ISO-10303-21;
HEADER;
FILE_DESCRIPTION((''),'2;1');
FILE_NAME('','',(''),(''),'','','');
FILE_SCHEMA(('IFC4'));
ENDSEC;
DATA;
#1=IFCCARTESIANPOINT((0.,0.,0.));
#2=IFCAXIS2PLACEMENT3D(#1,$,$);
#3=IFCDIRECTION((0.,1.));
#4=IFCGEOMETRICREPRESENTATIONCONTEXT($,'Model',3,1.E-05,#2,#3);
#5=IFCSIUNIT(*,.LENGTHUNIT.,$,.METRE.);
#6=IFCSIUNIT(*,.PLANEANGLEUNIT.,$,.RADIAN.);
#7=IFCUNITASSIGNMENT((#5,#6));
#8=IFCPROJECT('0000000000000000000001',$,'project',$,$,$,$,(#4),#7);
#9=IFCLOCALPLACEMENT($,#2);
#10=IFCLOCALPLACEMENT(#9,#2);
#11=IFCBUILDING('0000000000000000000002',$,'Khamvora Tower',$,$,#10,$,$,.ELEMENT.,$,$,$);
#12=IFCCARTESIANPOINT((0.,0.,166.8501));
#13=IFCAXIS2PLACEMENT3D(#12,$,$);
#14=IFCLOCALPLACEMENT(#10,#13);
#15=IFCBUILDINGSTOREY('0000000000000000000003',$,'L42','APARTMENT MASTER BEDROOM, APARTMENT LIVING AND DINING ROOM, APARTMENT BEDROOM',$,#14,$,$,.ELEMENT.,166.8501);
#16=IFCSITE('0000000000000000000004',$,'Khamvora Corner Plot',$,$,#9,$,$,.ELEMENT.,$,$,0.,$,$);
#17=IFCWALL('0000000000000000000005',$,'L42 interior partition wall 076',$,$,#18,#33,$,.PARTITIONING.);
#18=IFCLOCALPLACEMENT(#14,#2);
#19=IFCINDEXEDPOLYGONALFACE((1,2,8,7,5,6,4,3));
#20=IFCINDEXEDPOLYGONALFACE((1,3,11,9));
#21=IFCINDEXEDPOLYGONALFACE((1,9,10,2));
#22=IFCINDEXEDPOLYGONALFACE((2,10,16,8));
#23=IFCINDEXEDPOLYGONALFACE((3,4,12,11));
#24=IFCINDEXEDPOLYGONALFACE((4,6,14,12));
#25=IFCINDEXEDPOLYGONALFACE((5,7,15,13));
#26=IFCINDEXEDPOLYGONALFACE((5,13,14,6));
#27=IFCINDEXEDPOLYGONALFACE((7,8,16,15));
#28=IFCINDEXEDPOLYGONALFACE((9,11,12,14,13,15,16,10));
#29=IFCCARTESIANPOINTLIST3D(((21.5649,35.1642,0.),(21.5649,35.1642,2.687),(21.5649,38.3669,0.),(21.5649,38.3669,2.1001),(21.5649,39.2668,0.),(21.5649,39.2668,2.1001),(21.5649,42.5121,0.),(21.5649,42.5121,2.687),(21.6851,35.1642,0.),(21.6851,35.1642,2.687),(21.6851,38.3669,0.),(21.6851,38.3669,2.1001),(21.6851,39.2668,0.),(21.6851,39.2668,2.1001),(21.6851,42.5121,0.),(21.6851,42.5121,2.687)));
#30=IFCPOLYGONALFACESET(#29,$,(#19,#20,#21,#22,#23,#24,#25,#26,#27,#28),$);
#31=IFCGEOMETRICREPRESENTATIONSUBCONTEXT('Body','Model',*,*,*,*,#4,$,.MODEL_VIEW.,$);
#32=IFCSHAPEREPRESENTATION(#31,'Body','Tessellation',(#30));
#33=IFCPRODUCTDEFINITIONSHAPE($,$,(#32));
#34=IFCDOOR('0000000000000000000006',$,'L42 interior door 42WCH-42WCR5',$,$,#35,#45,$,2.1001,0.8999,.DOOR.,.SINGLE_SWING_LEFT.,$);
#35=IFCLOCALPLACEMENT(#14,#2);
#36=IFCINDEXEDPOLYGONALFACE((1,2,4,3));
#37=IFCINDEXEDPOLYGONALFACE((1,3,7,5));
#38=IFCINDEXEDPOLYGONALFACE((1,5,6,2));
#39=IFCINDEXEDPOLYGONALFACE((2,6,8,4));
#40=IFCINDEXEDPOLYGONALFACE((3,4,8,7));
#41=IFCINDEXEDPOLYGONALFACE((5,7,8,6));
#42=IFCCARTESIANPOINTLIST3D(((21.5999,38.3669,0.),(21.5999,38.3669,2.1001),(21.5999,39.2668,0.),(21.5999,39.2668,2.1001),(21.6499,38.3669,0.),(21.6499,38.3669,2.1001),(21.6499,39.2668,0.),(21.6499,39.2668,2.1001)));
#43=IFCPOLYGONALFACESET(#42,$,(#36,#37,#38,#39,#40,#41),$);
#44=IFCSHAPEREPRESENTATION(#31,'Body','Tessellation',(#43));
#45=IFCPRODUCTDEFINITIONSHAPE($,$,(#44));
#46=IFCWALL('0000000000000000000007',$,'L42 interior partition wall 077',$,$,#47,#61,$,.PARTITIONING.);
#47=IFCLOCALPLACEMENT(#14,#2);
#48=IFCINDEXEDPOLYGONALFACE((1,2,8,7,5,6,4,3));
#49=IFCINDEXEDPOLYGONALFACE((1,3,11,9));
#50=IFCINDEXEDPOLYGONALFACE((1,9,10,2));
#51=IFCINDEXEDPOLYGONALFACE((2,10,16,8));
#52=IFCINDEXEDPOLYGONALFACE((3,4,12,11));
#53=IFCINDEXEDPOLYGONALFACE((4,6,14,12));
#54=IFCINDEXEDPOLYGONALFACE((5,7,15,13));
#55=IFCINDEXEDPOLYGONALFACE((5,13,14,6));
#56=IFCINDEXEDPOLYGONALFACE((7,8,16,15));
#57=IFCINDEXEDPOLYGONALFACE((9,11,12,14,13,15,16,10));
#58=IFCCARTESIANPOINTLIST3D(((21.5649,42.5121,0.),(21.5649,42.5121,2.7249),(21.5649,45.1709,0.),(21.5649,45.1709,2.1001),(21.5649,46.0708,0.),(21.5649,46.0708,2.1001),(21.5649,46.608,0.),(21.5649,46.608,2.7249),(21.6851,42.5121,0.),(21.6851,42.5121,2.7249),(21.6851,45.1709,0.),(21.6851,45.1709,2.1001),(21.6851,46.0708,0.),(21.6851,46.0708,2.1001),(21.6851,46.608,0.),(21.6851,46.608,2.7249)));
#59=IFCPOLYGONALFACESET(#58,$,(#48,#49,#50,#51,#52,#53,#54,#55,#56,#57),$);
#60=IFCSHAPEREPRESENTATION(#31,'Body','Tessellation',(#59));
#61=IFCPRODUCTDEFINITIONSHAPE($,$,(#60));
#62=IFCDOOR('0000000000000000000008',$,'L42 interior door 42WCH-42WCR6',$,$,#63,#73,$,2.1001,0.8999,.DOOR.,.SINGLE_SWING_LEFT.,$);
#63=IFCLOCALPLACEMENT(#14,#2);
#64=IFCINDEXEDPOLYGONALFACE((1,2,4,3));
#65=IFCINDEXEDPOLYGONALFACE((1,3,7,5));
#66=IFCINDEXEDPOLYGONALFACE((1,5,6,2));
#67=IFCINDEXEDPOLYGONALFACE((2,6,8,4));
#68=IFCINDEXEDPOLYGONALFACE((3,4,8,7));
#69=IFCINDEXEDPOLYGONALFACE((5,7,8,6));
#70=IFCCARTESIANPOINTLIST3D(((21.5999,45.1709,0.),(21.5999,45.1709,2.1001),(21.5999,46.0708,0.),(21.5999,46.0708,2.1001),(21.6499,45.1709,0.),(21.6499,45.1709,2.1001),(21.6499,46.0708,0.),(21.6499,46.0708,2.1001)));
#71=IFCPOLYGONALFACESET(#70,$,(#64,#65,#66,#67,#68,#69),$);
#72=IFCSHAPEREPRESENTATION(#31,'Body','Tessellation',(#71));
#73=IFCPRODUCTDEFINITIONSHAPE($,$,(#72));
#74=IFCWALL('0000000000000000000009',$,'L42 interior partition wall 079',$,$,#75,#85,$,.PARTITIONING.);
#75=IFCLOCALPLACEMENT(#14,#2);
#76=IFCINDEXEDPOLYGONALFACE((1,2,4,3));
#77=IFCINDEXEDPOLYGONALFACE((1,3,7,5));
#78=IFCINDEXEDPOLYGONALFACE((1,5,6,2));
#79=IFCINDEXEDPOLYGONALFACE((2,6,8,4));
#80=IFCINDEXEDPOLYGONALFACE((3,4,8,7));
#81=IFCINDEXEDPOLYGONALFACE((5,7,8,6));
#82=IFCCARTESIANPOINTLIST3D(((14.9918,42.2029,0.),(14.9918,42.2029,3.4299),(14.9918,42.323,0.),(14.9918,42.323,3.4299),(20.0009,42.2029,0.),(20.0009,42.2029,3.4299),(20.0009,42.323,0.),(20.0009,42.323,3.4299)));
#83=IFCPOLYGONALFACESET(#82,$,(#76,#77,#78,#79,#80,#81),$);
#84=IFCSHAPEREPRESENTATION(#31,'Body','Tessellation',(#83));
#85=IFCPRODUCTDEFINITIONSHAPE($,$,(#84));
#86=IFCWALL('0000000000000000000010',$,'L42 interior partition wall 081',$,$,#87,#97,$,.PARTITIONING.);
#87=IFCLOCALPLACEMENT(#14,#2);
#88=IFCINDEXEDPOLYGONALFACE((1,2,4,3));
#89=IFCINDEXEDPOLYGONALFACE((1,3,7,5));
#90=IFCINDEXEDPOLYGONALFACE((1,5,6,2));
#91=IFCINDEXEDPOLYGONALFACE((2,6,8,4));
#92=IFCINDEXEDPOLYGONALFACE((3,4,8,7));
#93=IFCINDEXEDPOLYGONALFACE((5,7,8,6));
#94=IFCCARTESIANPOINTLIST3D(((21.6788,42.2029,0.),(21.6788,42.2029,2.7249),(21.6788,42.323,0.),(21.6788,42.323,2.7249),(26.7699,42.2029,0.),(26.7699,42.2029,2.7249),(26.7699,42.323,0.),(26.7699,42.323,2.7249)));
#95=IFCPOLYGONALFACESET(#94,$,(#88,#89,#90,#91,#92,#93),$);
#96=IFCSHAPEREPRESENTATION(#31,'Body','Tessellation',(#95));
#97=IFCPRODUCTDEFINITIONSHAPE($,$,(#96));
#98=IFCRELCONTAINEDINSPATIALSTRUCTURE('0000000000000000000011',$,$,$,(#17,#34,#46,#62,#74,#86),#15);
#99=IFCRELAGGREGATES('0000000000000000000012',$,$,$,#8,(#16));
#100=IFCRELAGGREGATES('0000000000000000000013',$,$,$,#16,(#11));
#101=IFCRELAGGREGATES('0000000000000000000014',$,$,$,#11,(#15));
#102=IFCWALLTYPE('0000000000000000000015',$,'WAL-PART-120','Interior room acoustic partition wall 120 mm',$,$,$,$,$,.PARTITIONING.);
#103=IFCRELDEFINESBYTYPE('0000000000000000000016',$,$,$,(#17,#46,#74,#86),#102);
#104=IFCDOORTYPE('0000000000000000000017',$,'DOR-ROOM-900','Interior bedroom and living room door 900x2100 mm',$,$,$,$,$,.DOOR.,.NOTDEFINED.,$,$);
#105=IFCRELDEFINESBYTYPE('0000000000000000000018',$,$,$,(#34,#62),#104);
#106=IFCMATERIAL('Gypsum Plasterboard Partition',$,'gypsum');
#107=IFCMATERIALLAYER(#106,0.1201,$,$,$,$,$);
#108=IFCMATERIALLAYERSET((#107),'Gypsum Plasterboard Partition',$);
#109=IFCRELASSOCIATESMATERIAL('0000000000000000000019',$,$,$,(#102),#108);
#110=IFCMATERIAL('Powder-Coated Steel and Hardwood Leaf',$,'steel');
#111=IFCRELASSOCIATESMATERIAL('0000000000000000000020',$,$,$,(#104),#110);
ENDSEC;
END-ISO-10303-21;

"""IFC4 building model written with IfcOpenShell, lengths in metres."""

from ifc_helpers import new_model, si_unit, direction, frame, frame_2d, origin, place, context, subcontext, project, spatial, rectangle, extrude, material, layer, layer_set, type_object, element, fill, save


model = new_model("IFC4")

# Units and contexts
model_context = context("Model", 3, precision=1e-05, world=origin(), true_north=direction((0.0, 1.0)))
body_context = subcontext(model_context, "Body", "Model", "MODEL_VIEW")
ifc_project = project(units=[si_unit("LENGTHUNIT", "METRE"), si_unit("PLANEANGLEUNIT", "RADIAN")], contexts=[model_context])

# Site, building, storey
site_placement = place(None, origin())
site = spatial("IfcSite", under=ifc_project, at=site_placement, Name="Khamvora Corner Plot", CompositionType="ELEMENT", RefElevation=0.0)
building_placement = place(site_placement, origin())
building = spatial("IfcBuilding", under=site, at=building_placement, Name="Khamvora Tower", CompositionType="ELEMENT")
storey_placement = place(building_placement, frame((0.0, 0.0, 166.8501)))
storey = spatial("IfcBuildingStorey", under=building, at=storey_placement, Name="L42", Description="APARTMENT MASTER BEDROOM, APARTMENT LIVING AND DINING ROOM, APARTMENT BEDROOM", CompositionType="ELEMENT", Elevation=166.8501)

# Walls, openings, doors
ifc_material_1 = material(Name="Gypsum Plasterboard Partition", Category="gypsum")
ifc_layer_1 = layer(ifc_material_1, 0.1201)
ifc_layer_set_1 = layer_set([ifc_layer_1], Name="Gypsum Plasterboard Partition")
wall_type_1 = type_object("IfcWallType", Name="WAL-PART-120", Description="Interior room acoustic partition wall 120 mm", PredefinedType="PARTITIONING", material=ifc_layer_set_1)
ifc_material_2 = material(Name="Powder-Coated Steel and Hardwood Leaf", Category="steel")
door_type = type_object("IfcDoorType", Name="DOR-ROOM-900", Description="Interior bedroom and living room door 900x2100 mm", OperationType="NOTDEFINED", PredefinedType="DOOR", material=ifc_material_2)
wall_1_placement = place(storey_placement, frame((21.625, 42.512, 0.0), z_axis=(0.0, 0.0, 1.0), x_axis=(0.0, -1.0, 0.0)))
wall_1 = element("IfcWall", 1, at=wall_1_placement, inside=storey, type_object=wall_type_1, Name="L42 interior partition wall 076", PredefinedType="PARTITIONING", context=body_context, shape_type="SweptSolid", body=[
    extrude(rectangle(XDim=7.3479, YDim=0.1201, at=frame_2d((3.6738, 0.0))), origin(), (0.0, 0.0, 1.0), 2.687),
])
opening_1_placement = place(wall_1_placement, frame((3.2451, 0.0, 0.0)))
opening_1 = element("IfcOpeningElement", 2, at=opening_1_placement, cuts=wall_1, PredefinedType="OPENING", context=body_context, shape_type="SweptSolid", body=[
    extrude(rectangle(XDim=0.8999, YDim=2.1001, at=frame_2d((0.45, 1.05))), frame((0.0, 0.0701, 0.0), z_axis=(0.0, -1.0, 0.0), x_axis=(1.0, 0.0, 0.0)), (0.0, 0.0, 1.0), 0.1401),
])
door_1_placement = place(opening_1_placement, origin())
door_1 = element("IfcDoor", 3, at=door_1_placement, inside=storey, type_object=door_type, Name="L42 interior door 42WCH-42WCR5", OperationType="SINGLE_SWING_LEFT", OverallHeight=2.1001, OverallWidth=0.8999, PredefinedType="DOOR", context=body_context, shape_type="SweptSolid", body=[
    extrude(rectangle(XDim=0.8999, YDim=2.1001, at=frame_2d((0.45, 1.05))), frame((0.0, 0.0249, 0.0), z_axis=(0.0, -1.0, 0.0), x_axis=(1.0, 0.0, 0.0)), (0.0, 0.0, 1.0), 0.05),
])
fill(opening_1, door_1)
wall_2_placement = place(storey_placement, frame((21.625, 46.6079, 0.0), z_axis=(0.0, 0.0, 1.0), x_axis=(0.0, -1.0, 0.0)))
wall_2 = element("IfcWall", 4, at=wall_2_placement, inside=storey, type_object=wall_type_1, Name="L42 interior partition wall 077", PredefinedType="PARTITIONING", context=body_context, shape_type="SweptSolid", body=[
    extrude(rectangle(XDim=4.0959, YDim=0.1201, at=frame_2d((2.0479, 0.0))), origin(), (0.0, 0.0, 1.0), 2.7249),
])
opening_2_placement = place(wall_2_placement, frame((0.5371, 0.0, 0.0)))
opening_2 = element("IfcOpeningElement", 5, at=opening_2_placement, cuts=wall_2, PredefinedType="OPENING", context=body_context, shape_type="SweptSolid", body=[
    extrude(rectangle(XDim=0.8999, YDim=2.1001, at=frame_2d((0.45, 1.05))), frame((0.0, 0.0701, 0.0), z_axis=(0.0, -1.0, 0.0), x_axis=(1.0, 0.0, 0.0)), (0.0, 0.0, 1.0), 0.1401),
])
door_2_placement = place(opening_2_placement, origin())
door_2 = element("IfcDoor", 6, at=door_2_placement, inside=storey, type_object=door_type, Name="L42 interior door 42WCH-42WCR6", OperationType="SINGLE_SWING_LEFT", OverallHeight=2.1001, OverallWidth=0.8999, PredefinedType="DOOR", context=body_context, shape_type="SweptSolid", body=[
    extrude(rectangle(XDim=0.8999, YDim=2.1001, at=frame_2d((0.45, 1.05))), frame((0.0, 0.0249, 0.0), z_axis=(0.0, -1.0, 0.0), x_axis=(1.0, 0.0, 0.0)), (0.0, 0.0, 1.0), 0.05),
])
fill(opening_2, door_2)

# Walls
wall_3_placement = place(storey_placement, frame((14.9919, 42.2629, 0.0), z_axis=(0.0, 0.0, 1.0), x_axis=(1.0, 0.0, 0.0)))
element("IfcWall", 7, at=wall_3_placement, inside=storey, type_object=wall_type_1, Name="L42 interior partition wall 079", PredefinedType="PARTITIONING", context=body_context, shape_type="SweptSolid", body=[
    extrude(rectangle(XDim=5.009, YDim=0.1201, at=frame_2d((2.5044, 0.0))), origin(), (0.0, 0.0, 1.0), 3.4299),
])
wall_4_placement = place(storey_placement, frame((21.679, 42.2629, 0.0), z_axis=(0.0, 0.0, 1.0), x_axis=(1.0, 0.0, 0.0)))
element("IfcWall", 8, at=wall_4_placement, inside=storey, type_object=wall_type_1, Name="L42 interior partition wall 081", PredefinedType="PARTITIONING", context=body_context, shape_type="SweptSolid", body=[
    extrude(rectangle(XDim=5.0911, YDim=0.1201, at=frame_2d((2.5454, 0.0))), origin(), (0.0, 0.0, 1.0), 2.7249),
])

save(model, "model.ifc")
